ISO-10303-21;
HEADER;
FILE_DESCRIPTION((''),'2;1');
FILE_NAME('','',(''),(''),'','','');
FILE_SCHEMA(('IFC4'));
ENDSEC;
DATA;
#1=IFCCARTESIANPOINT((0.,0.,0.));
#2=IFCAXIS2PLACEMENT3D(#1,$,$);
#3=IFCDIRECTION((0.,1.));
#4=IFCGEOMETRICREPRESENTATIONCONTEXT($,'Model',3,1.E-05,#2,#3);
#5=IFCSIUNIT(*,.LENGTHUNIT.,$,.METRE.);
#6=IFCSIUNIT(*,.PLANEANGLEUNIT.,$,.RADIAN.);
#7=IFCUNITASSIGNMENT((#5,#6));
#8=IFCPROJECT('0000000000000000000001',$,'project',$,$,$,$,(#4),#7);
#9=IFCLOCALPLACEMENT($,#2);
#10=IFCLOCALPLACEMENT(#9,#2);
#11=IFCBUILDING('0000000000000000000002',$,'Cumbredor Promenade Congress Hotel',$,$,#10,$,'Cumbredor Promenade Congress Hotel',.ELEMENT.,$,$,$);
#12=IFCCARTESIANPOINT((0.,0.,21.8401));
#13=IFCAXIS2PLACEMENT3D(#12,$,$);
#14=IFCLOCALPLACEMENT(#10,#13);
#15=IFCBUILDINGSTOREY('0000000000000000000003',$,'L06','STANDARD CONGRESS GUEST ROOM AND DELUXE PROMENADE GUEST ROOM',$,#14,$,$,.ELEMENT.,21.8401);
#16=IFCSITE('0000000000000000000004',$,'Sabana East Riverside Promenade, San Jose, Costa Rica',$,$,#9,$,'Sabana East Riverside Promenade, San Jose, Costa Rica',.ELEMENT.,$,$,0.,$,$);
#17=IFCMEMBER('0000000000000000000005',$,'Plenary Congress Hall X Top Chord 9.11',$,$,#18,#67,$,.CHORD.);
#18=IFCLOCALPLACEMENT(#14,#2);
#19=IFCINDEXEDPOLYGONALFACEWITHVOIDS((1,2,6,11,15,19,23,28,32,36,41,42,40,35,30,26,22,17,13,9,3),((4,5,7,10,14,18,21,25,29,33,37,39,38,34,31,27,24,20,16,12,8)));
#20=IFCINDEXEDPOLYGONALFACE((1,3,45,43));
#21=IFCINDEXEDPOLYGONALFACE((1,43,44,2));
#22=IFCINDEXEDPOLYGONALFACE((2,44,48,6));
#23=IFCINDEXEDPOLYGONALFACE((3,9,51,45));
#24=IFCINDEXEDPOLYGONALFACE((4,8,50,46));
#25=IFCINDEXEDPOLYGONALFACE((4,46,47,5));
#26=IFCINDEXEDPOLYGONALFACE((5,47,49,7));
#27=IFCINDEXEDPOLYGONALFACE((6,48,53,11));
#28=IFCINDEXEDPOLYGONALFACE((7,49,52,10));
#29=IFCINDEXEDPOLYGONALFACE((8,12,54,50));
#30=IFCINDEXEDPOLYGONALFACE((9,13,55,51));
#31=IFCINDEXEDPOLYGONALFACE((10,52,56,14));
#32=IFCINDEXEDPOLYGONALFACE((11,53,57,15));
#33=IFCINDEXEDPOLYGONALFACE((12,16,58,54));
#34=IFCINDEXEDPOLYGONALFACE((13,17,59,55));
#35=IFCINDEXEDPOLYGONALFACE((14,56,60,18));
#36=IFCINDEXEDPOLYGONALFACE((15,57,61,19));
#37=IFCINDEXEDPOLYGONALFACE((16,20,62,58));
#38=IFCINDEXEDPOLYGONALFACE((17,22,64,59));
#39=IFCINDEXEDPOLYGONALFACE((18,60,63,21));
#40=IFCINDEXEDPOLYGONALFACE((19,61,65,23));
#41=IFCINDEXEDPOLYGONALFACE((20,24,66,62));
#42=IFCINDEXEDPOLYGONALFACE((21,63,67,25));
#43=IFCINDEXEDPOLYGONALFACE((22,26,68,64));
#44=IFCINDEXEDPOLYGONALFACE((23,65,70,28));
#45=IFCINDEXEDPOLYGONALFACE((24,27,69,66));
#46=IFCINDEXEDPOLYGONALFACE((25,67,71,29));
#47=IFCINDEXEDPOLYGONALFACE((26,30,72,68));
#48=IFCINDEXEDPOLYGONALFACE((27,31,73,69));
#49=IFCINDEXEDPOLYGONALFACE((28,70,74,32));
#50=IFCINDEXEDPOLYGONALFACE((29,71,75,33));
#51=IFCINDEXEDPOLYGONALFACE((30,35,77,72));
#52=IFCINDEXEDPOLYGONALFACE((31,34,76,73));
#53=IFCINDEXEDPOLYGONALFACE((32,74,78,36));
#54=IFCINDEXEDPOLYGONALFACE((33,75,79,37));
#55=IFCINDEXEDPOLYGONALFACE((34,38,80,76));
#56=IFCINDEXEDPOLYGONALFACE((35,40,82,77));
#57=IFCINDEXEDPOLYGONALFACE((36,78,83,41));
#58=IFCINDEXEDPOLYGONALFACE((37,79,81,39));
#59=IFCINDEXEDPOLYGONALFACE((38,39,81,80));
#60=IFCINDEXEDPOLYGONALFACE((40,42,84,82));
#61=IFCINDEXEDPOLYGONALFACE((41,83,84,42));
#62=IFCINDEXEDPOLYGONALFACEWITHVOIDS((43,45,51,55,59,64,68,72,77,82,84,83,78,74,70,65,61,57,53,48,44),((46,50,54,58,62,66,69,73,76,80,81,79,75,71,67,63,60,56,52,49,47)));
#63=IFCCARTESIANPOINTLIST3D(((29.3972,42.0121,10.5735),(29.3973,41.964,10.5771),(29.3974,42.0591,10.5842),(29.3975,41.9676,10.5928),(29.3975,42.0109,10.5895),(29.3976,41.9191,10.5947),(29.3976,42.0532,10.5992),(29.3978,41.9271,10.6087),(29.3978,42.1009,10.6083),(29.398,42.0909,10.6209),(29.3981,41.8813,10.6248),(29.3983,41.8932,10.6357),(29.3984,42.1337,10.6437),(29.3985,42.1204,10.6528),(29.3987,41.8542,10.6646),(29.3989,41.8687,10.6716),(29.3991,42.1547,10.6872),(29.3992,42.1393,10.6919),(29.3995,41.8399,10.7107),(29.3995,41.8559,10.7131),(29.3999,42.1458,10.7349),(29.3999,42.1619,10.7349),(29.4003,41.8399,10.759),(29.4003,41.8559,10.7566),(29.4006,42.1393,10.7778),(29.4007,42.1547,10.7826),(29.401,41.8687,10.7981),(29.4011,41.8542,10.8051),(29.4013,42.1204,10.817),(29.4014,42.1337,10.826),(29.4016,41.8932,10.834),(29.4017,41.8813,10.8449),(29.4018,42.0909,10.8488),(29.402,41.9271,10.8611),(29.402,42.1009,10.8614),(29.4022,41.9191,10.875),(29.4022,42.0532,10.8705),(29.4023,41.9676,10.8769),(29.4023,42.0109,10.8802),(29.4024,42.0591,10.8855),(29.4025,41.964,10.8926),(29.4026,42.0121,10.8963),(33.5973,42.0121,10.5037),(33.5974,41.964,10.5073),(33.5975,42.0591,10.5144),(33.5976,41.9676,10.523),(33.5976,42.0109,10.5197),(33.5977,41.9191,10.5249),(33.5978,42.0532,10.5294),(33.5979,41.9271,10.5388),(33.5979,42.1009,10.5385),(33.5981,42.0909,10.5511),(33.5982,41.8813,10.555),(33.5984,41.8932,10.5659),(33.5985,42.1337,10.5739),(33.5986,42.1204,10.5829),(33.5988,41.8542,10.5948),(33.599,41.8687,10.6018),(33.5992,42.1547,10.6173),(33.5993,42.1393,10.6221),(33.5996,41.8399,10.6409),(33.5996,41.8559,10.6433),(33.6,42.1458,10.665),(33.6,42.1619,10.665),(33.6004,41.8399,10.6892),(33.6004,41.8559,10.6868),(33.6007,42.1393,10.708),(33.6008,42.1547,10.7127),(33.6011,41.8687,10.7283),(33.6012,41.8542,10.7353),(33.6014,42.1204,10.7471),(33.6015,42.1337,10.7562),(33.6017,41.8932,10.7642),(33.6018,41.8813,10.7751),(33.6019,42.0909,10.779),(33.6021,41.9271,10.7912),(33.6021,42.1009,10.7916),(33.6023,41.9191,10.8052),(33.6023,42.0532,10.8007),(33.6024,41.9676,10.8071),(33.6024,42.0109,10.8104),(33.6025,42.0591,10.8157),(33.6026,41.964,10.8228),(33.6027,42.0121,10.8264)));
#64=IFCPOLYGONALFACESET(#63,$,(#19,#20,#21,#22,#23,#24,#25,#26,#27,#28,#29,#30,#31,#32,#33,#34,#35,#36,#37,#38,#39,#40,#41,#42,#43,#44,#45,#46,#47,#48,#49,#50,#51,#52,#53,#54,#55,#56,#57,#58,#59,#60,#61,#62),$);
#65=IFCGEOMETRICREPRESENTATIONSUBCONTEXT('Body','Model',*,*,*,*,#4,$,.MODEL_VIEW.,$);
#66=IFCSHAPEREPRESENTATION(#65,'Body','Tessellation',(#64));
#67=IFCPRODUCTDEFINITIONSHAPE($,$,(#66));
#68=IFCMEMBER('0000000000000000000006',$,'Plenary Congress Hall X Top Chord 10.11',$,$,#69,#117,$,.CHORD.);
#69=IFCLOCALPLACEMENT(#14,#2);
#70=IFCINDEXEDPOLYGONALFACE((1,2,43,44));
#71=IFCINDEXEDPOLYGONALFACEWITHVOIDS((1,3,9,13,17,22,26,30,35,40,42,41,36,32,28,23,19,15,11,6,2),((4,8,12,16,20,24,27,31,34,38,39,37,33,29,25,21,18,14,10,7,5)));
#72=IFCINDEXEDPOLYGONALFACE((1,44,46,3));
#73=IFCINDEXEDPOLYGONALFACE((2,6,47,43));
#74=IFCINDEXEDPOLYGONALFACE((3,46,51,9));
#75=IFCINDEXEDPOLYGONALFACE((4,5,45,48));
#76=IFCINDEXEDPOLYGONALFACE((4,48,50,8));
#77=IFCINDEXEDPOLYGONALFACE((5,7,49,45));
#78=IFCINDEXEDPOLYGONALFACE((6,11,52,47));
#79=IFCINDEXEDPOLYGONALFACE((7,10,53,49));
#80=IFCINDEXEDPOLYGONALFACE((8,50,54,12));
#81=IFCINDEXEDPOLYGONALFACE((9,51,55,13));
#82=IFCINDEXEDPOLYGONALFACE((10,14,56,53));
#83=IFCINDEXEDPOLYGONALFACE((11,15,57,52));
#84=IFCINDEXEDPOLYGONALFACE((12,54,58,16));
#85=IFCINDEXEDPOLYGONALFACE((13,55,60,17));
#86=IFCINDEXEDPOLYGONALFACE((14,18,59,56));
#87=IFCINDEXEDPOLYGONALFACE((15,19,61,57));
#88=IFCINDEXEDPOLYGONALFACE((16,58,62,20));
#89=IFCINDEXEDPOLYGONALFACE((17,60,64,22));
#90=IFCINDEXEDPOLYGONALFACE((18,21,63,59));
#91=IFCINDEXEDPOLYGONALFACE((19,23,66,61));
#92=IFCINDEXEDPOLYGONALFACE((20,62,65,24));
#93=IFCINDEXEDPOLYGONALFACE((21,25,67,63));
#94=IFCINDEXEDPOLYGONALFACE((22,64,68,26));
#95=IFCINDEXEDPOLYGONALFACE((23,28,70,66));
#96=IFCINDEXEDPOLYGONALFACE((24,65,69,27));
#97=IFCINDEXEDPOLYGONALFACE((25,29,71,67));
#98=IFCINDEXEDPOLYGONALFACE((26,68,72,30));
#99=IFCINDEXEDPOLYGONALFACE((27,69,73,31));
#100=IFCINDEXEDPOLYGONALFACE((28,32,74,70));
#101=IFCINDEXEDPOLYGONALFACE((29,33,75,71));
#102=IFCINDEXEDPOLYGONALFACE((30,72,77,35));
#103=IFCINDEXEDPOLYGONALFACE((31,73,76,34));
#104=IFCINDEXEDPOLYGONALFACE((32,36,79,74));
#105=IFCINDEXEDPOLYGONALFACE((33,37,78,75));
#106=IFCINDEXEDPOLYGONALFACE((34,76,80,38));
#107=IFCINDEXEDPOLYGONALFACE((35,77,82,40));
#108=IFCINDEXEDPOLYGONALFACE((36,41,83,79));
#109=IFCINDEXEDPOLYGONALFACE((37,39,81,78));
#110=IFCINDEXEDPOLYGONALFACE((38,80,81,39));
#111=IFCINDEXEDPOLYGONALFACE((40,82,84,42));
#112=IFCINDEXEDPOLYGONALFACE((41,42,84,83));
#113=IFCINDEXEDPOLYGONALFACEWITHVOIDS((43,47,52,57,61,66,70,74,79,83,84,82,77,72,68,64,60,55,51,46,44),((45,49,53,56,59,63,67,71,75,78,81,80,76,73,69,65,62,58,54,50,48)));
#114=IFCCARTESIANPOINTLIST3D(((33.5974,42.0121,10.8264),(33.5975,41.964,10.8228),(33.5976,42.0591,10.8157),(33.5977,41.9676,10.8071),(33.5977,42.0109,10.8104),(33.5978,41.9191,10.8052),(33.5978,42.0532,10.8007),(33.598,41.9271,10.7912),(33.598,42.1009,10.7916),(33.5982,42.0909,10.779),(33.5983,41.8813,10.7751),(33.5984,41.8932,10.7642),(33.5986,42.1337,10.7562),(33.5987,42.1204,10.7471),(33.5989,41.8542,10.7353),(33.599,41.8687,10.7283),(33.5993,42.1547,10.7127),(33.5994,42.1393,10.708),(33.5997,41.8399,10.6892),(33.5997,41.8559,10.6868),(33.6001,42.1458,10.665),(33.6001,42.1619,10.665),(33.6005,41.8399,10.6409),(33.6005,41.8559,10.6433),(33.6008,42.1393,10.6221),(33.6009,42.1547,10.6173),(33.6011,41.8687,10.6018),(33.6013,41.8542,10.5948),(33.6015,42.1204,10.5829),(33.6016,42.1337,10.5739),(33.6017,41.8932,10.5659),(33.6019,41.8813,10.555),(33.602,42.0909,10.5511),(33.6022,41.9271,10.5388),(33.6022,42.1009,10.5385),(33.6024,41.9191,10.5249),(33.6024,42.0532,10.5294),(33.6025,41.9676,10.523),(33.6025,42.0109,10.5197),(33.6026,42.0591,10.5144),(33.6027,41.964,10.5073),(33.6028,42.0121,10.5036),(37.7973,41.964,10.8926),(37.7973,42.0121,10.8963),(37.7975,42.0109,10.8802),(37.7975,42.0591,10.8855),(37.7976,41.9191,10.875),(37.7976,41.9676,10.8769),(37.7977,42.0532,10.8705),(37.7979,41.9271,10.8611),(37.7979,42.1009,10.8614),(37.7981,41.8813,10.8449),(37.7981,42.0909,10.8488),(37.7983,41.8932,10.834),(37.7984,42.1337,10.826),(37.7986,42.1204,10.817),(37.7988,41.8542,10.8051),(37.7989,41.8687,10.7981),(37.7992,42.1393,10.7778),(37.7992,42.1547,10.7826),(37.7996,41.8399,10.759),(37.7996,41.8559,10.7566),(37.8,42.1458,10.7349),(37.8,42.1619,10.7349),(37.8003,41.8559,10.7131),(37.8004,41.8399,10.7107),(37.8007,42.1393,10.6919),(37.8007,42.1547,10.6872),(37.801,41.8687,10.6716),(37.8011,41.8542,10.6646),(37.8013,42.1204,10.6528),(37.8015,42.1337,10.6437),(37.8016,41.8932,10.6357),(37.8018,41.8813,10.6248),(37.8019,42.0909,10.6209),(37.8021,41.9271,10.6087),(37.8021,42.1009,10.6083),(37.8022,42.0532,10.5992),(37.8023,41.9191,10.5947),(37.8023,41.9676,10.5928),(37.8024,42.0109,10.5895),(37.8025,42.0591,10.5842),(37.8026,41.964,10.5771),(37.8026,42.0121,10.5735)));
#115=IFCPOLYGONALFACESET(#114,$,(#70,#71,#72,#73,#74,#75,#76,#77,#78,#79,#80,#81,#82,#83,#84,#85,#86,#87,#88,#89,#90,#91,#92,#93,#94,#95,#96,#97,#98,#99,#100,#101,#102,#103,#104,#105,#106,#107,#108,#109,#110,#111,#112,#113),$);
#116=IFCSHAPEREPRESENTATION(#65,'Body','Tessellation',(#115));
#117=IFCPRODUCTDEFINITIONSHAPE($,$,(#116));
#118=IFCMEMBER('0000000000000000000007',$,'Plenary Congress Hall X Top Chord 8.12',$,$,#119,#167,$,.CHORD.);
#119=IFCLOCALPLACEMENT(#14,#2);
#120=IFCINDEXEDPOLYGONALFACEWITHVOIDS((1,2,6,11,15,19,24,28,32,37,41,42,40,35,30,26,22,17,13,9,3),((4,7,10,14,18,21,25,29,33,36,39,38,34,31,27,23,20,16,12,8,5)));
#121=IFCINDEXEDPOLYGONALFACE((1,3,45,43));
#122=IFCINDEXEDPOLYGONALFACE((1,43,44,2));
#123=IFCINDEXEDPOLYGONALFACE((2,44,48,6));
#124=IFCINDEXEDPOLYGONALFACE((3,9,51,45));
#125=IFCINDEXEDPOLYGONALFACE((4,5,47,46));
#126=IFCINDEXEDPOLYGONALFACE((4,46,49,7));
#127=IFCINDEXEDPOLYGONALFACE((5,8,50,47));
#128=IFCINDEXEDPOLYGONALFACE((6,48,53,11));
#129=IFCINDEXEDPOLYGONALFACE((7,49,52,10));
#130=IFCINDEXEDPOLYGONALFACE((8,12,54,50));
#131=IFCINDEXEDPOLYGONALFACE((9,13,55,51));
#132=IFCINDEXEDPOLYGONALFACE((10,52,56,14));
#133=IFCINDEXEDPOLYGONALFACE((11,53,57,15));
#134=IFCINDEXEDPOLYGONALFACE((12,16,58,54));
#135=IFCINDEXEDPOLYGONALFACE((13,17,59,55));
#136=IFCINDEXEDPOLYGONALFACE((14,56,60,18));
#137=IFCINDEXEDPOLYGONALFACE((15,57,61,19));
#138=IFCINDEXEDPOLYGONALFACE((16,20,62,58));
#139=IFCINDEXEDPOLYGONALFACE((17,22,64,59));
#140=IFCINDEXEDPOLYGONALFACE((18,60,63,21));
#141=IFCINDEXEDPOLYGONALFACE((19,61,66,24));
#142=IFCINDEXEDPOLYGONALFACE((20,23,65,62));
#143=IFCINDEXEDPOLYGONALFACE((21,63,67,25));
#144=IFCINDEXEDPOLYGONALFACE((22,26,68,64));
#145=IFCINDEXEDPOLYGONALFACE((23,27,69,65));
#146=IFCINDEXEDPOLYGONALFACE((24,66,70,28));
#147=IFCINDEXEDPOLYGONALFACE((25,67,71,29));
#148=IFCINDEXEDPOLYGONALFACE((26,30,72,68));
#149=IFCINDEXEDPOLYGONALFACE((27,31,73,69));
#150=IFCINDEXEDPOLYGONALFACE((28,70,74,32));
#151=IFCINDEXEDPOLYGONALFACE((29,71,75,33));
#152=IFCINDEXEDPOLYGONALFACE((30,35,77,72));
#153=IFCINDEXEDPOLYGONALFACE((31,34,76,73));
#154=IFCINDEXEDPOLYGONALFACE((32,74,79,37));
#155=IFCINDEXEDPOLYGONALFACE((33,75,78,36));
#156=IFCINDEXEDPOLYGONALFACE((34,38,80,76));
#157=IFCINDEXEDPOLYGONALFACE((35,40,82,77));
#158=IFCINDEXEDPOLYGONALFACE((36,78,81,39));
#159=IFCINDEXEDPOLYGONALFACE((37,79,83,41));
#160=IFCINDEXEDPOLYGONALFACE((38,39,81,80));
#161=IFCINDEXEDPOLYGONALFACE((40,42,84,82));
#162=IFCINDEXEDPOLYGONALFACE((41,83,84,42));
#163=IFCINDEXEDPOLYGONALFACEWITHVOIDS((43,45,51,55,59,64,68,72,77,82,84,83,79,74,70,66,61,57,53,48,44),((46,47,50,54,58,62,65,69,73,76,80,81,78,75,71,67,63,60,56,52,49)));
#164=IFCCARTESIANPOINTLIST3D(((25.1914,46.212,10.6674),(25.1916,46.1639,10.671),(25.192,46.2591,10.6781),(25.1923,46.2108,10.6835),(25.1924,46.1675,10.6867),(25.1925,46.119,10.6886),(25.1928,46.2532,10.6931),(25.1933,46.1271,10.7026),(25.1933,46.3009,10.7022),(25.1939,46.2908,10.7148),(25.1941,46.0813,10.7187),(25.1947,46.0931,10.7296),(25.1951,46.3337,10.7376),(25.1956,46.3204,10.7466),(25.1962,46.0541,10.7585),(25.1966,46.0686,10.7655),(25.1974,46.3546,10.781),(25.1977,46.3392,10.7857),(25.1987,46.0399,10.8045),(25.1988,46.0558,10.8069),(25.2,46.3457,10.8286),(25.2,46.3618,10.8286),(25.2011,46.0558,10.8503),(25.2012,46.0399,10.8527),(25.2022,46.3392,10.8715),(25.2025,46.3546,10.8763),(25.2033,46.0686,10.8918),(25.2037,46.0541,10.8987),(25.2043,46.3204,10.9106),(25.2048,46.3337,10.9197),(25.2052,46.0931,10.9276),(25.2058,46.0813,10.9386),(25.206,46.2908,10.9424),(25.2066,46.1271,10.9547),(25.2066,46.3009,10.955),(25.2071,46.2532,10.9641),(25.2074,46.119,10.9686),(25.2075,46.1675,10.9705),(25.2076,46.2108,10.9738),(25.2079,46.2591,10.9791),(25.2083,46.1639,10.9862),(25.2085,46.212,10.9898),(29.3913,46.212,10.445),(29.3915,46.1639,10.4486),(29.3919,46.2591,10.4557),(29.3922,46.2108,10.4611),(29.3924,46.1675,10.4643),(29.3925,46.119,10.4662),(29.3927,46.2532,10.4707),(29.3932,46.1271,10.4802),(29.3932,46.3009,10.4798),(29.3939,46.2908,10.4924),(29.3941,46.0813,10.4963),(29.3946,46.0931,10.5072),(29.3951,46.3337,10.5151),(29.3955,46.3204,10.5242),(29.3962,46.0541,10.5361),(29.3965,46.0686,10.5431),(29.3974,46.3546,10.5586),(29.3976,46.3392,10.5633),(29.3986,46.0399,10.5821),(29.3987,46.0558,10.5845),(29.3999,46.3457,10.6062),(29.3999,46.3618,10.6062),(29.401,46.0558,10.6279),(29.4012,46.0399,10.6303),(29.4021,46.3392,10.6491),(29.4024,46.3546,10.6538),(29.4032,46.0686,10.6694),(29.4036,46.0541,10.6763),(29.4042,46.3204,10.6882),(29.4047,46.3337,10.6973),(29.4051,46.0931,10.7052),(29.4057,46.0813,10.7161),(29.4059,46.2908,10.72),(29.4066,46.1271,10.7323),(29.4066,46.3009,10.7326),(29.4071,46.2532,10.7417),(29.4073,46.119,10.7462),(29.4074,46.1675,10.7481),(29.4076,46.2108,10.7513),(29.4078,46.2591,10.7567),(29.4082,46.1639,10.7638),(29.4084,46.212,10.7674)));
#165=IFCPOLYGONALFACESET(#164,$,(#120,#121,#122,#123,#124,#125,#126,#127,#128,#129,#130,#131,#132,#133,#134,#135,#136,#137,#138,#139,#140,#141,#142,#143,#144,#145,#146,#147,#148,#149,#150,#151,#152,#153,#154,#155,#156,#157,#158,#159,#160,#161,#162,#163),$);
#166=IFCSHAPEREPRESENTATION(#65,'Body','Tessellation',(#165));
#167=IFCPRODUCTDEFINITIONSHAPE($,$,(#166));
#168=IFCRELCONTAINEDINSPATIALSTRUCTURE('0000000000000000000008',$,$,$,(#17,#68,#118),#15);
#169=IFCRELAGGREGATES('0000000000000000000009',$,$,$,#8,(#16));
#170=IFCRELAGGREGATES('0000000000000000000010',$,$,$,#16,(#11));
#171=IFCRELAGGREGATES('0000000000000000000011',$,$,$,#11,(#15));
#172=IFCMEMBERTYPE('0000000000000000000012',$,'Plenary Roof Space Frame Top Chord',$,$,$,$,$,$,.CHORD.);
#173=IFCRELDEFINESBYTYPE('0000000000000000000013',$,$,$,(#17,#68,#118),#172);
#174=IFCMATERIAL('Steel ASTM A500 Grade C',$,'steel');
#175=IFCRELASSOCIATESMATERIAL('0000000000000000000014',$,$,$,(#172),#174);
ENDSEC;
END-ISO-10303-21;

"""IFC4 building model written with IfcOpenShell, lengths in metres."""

from ifc_helpers import new_model, si_unit, direction, frame, origin, origin_2d, place, context, subcontext, project, spatial, hollow_circle, extrude, material, material_profile, profile_set, type_object, element, save


model = new_model("IFC4")

# Units and contexts
model_context = context("Model", 3, precision=1e-05, world=origin(), true_north=direction((0.0, 1.0)))
body_context = subcontext(model_context, "Body", "Model", "MODEL_VIEW")
ifc_project = project(units=[si_unit("LENGTHUNIT", "METRE"), si_unit("PLANEANGLEUNIT", "RADIAN")], contexts=[model_context])

# Site, building, storey
site_placement = place(None, origin())
site = spatial("IfcSite", under=ifc_project, at=site_placement, Name="Sabana East Riverside Promenade, San Jose, Costa Rica", LongName="Sabana East Riverside Promenade, San Jose, Costa Rica", CompositionType="ELEMENT", RefElevation=0.0)
building_placement = place(site_placement, origin())
building = spatial("IfcBuilding", under=site, at=building_placement, Name="Cumbredor Promenade Congress Hotel", LongName="Cumbredor Promenade Congress Hotel", CompositionType="ELEMENT")
storey_placement = place(building_placement, frame((0.0, 0.0, 21.8401)))
storey = spatial("IfcBuildingStorey", under=building, at=storey_placement, Name="L06", Description="STANDARD CONGRESS GUEST ROOM AND DELUXE PROMENADE GUEST ROOM", CompositionType="ELEMENT", Elevation=21.8401)

# Members
ifc_material_1 = material(Name="Steel ASTM A500 Grade C", Category="steel")
ifc_material_profile_1 = material_profile(ifc_material_1, hollow_circle(Radius=0.1619, WallThickness=0.0161, at=origin_2d()), Name="CHS 323.9x16")
ifc_profile_set_1 = profile_set([ifc_material_profile_1], Name="Steel ASTM A500 Grade C")
member_type_1 = type_object("IfcMemberType", Name="Plenary Roof Space Frame Top Chord", PredefinedType="CHORD", material=ifc_profile_set_1)
member_1_placement = place(storey_placement, frame((29.3999, 42.0, 10.7349), z_axis=(0.999862, 0.0, -0.016622), x_axis=(0.0, 1.0, 0.0)))
element("IfcMember", 1, at=member_1_placement, inside=storey, type_object=member_type_1, Name="Plenary Congress Hall X Top Chord 9.11", PredefinedType="CHORD", context=body_context, shape_type="SweptSolid", body=[
    extrude(hollow_circle(Radius=0.1619, WallThickness=0.0161, at=origin_2d()), origin(), (0.0, 0.0, 1.0), 4.2007),
])
member_2_placement = place(storey_placement, frame((33.6001, 42.0, 10.665), z_axis=(0.999862, 0.0, 0.016623), x_axis=(0.0, 1.0, 0.0)))
element("IfcMember", 2, at=member_2_placement, inside=storey, type_object=member_type_1, Name="Plenary Congress Hall X Top Chord 10.11", PredefinedType="CHORD", context=body_context, shape_type="SweptSolid", body=[
    extrude(hollow_circle(Radius=0.1619, WallThickness=0.0161, at=origin_2d()), origin(), (0.0, 0.0, 1.0), 4.2004),
])
member_3_placement = place(storey_placement, frame((25.2, 46.2, 10.8286), z_axis=(0.998601, 0.0, -0.052882), x_axis=(0.0, 1.0, 0.0)))
element("IfcMember", 3, at=member_3_placement, inside=storey, type_object=member_type_1, Name="Plenary Congress Hall X Top Chord 8.12", PredefinedType="CHORD", context=body_context, shape_type="SweptSolid", body=[
    extrude(hollow_circle(Radius=0.1619, WallThickness=0.0161, at=origin_2d()), origin(), (0.0, 0.0, 1.0), 4.2058),
])

save(model, "model.ifc")
